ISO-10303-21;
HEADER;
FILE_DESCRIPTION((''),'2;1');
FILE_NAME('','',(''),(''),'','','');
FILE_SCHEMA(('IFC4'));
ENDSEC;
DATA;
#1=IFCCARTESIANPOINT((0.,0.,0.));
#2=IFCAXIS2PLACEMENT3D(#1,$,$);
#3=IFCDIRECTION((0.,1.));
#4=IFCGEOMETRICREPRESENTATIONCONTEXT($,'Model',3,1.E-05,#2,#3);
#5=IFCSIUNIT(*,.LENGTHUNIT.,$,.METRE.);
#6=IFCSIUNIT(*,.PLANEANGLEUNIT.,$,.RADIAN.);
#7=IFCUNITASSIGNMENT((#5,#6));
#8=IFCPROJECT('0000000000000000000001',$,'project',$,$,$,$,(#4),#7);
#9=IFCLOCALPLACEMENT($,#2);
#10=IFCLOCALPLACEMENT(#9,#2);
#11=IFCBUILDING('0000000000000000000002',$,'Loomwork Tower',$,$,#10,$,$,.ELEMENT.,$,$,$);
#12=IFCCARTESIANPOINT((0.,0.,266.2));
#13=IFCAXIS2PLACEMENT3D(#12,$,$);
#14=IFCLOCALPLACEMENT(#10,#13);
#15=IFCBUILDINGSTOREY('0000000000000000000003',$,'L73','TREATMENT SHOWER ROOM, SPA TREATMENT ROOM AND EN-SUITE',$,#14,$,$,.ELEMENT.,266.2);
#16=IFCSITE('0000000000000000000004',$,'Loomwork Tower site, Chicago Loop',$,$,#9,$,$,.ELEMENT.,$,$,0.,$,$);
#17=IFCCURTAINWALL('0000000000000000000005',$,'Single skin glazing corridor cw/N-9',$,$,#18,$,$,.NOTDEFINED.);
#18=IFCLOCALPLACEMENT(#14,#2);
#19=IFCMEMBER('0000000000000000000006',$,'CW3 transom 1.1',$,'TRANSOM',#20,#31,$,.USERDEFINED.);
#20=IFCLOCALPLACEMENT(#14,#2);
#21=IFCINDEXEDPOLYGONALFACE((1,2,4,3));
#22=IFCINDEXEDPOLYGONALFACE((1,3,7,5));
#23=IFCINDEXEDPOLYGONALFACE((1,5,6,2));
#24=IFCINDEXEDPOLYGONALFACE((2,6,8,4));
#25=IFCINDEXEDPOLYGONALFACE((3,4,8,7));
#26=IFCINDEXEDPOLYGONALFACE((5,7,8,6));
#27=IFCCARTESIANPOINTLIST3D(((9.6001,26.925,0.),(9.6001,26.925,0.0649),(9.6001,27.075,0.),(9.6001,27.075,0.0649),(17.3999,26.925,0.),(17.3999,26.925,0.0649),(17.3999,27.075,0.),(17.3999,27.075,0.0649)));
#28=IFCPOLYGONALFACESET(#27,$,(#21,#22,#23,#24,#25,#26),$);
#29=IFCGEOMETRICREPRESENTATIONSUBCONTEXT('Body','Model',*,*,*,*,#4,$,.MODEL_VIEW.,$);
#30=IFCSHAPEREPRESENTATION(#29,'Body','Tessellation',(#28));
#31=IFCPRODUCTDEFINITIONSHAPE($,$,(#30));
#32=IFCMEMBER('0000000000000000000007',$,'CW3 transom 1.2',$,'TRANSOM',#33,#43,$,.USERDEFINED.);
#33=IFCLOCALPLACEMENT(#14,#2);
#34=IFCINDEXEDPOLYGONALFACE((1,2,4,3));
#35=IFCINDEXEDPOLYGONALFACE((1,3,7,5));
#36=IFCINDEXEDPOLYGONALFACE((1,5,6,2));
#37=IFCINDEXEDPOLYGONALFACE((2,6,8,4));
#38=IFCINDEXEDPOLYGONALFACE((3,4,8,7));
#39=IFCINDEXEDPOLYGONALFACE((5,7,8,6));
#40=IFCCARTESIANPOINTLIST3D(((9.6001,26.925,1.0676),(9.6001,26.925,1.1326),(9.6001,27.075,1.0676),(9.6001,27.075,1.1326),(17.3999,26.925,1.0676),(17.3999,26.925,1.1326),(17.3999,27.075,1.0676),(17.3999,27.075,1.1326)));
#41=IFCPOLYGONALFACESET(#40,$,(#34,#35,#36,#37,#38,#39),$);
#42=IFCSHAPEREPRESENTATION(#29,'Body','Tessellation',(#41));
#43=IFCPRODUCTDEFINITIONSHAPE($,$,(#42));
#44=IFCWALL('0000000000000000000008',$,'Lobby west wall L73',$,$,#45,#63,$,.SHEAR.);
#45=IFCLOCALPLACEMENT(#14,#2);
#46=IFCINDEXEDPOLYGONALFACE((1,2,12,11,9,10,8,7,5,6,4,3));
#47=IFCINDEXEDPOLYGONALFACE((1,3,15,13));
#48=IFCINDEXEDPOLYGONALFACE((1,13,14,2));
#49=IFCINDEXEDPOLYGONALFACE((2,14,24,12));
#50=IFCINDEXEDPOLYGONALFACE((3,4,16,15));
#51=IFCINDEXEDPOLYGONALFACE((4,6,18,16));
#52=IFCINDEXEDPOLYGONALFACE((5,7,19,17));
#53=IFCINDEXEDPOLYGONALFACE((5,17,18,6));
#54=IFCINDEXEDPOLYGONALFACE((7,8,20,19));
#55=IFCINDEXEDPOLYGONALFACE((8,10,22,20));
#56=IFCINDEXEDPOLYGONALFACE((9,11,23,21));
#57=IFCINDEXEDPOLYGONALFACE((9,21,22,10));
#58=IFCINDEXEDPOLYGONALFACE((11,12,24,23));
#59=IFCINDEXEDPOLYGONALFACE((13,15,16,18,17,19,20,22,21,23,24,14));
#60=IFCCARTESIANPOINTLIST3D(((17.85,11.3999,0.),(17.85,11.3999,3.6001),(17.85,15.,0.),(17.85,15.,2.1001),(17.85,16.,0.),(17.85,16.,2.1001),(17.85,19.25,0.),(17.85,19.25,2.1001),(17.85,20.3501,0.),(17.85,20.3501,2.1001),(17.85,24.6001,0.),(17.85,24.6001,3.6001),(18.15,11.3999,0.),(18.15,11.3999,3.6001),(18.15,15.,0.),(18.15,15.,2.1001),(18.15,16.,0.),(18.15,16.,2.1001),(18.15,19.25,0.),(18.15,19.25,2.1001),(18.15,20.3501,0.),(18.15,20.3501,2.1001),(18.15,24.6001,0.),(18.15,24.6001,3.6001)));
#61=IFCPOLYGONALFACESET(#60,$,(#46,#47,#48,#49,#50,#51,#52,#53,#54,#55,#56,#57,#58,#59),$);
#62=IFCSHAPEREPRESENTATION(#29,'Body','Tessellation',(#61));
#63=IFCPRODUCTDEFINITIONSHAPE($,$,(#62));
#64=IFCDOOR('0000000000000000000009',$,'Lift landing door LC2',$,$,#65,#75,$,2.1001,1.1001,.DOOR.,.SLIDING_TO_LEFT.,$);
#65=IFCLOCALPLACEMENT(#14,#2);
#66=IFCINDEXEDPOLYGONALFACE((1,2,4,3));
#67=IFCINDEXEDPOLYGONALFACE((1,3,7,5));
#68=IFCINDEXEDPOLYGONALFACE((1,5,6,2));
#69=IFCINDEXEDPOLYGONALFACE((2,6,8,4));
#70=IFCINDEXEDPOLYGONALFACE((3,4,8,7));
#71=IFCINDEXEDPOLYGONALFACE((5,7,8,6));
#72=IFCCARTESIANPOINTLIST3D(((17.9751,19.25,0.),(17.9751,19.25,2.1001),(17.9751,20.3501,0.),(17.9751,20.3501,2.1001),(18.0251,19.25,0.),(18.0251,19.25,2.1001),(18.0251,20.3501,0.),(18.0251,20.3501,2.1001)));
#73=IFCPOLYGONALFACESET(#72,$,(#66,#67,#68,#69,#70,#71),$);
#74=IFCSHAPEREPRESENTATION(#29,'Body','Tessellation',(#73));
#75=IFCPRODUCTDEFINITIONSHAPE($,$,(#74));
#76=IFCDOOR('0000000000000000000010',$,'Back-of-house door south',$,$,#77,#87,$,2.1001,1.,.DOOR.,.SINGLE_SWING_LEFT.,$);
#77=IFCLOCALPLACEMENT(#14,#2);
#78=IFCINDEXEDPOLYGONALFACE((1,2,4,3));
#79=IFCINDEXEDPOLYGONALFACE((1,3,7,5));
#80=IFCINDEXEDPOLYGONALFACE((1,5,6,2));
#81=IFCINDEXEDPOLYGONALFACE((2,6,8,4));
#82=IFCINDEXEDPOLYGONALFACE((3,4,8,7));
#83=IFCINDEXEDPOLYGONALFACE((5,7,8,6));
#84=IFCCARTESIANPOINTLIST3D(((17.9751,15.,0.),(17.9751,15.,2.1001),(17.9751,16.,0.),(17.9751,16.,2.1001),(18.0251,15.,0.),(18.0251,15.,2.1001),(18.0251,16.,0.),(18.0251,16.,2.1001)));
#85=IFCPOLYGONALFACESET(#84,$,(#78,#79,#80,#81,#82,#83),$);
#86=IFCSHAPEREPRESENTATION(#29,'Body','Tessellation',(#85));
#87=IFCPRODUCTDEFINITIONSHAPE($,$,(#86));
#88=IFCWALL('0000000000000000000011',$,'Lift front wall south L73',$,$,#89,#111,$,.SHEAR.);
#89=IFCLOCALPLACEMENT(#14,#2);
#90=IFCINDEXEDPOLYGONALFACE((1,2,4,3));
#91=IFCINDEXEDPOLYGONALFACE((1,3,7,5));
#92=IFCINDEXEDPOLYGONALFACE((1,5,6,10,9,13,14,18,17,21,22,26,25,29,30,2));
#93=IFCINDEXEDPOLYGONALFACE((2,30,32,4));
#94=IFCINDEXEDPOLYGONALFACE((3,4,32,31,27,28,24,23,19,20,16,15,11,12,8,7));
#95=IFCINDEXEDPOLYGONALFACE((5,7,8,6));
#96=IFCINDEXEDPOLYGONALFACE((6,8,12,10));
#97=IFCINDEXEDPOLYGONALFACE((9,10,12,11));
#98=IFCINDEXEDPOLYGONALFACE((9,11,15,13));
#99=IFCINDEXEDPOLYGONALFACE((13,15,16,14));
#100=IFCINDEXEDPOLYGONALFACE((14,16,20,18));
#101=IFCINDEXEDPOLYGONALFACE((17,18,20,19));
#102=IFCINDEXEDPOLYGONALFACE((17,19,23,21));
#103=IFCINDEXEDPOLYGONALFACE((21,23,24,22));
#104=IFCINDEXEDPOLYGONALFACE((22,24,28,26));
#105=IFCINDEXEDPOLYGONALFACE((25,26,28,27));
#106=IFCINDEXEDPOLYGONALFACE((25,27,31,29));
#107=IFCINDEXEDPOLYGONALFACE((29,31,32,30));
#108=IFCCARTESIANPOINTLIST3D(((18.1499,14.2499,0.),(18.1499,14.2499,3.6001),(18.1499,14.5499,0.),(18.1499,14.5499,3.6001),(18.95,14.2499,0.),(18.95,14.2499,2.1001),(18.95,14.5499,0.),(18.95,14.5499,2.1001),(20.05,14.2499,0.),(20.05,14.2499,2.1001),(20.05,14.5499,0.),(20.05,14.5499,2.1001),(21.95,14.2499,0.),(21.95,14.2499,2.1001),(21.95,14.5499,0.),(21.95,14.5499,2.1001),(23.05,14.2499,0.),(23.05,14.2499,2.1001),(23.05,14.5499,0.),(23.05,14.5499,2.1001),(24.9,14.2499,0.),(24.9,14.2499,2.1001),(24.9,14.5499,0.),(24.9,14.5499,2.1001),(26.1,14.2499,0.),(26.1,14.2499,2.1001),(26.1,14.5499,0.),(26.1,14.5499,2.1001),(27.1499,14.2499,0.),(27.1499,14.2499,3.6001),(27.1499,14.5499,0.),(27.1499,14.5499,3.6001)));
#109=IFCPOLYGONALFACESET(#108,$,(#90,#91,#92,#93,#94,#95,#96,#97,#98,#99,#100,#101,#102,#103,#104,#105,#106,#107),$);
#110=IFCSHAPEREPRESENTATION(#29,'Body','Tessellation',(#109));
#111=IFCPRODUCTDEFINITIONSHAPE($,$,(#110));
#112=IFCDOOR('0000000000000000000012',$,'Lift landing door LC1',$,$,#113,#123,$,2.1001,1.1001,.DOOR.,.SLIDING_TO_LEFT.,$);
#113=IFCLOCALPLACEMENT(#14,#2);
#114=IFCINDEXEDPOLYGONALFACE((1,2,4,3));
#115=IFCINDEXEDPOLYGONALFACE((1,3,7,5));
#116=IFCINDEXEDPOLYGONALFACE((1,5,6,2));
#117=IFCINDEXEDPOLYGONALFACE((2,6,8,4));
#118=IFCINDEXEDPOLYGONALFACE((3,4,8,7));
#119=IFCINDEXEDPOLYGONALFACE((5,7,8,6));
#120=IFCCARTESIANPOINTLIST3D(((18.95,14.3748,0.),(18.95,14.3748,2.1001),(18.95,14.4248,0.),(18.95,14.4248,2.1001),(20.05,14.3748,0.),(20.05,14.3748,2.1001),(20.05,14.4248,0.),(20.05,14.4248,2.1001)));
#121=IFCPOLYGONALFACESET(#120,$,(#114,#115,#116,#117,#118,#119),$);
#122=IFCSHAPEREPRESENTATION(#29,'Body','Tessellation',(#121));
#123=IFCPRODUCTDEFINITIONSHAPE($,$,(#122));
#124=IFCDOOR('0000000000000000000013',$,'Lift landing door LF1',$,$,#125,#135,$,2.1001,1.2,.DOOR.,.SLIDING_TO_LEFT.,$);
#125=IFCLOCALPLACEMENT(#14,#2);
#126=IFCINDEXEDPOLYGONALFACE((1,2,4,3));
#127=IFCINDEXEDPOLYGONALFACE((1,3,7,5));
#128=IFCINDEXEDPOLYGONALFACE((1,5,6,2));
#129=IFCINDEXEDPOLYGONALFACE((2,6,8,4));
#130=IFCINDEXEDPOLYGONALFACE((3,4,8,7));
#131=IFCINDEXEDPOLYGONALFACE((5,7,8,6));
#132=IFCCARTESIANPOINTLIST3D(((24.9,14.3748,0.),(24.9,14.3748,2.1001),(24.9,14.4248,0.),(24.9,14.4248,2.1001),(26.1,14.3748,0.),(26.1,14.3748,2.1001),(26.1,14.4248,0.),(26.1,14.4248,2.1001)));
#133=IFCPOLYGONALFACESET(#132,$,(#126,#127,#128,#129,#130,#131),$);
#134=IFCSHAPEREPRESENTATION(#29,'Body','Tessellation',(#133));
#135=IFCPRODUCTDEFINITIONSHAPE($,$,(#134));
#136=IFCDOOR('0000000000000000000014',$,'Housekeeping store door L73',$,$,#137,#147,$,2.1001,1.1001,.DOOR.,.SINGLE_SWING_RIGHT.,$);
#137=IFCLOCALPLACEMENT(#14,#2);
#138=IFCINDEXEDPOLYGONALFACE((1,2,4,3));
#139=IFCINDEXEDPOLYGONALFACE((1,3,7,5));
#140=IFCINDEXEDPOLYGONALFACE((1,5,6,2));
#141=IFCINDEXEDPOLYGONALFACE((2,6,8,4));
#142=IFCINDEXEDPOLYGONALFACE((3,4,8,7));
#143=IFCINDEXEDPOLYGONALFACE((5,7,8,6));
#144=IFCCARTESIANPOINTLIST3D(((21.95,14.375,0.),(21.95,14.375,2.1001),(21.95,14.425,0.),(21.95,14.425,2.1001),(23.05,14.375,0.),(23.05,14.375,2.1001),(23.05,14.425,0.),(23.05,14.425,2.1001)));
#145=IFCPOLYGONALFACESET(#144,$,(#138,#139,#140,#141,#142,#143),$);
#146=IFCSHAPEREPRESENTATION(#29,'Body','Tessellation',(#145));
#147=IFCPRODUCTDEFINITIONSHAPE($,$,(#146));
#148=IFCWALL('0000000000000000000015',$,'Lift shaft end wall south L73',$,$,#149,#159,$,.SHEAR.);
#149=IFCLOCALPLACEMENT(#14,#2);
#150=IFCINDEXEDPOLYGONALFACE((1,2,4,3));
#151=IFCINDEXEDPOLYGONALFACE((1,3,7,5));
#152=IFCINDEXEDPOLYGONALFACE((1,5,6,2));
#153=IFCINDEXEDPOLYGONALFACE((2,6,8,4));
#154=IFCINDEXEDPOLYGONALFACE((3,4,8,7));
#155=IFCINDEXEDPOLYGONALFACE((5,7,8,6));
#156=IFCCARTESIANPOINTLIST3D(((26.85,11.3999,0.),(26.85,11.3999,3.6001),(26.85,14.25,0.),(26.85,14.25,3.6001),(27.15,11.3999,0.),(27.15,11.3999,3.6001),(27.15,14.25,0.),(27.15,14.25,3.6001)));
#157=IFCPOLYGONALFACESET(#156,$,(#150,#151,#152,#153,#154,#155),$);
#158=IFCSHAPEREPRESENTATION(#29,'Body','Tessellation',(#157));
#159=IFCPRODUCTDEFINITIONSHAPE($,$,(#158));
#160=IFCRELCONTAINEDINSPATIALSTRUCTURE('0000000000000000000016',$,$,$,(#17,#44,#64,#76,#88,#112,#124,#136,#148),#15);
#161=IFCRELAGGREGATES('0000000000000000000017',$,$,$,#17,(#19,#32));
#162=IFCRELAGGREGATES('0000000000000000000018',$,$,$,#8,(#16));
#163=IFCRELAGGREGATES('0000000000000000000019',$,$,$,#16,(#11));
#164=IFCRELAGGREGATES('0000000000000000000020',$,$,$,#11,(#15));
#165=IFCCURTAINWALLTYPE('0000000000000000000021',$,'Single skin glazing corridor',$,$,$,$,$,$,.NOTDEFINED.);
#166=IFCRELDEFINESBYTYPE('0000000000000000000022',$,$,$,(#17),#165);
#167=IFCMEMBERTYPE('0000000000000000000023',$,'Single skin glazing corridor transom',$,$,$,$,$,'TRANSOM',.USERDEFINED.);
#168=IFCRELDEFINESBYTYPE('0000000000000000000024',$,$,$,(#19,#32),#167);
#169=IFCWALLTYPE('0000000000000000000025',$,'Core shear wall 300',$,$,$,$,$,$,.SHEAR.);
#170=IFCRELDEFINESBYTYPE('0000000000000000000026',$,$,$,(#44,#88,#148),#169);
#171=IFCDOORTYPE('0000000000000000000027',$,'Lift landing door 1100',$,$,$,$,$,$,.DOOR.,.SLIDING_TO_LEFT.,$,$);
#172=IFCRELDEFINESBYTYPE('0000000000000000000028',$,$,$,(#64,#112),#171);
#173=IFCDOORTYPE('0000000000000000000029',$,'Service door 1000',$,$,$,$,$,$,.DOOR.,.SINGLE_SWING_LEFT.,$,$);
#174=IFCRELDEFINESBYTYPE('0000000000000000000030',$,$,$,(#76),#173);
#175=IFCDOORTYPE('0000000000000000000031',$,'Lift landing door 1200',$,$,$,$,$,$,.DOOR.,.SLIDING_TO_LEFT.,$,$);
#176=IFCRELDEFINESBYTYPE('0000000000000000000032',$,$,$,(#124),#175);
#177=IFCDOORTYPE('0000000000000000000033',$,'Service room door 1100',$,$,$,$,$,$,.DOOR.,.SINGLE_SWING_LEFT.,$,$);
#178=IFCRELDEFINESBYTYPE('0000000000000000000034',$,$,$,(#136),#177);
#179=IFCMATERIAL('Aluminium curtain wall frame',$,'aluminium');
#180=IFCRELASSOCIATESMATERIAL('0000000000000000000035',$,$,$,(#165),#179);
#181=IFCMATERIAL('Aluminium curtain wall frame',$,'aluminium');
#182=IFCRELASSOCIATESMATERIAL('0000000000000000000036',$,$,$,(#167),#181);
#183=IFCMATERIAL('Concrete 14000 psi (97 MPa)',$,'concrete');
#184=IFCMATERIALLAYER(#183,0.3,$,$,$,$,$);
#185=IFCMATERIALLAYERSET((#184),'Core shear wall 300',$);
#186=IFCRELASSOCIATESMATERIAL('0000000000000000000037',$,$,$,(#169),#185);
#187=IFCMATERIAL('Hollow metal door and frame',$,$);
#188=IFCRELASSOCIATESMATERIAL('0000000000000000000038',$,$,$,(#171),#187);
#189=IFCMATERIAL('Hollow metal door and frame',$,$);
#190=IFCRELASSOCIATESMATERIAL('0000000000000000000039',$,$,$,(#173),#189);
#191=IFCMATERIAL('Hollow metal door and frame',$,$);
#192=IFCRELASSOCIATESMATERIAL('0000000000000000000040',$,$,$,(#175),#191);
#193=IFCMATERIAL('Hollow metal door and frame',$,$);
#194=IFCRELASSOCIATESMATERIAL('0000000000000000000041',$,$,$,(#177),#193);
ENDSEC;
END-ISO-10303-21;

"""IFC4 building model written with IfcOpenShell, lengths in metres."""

from ifc_helpers import new_model, si_unit, direction, frame, frame_2d, origin, origin_2d, place, context, subcontext, project, spatial, rectangle, extrude, material, layer, layer_set, material_profile, profile_set, type_object, element, fill, aggregate, save


model = new_model("IFC4")

# Units and contexts
model_context = context("Model", 3, precision=1e-05, world=origin(), true_north=direction((0.0, 1.0)))
body_context = subcontext(model_context, "Body", "Model", "MODEL_VIEW")
ifc_project = project(units=[si_unit("LENGTHUNIT", "METRE"), si_unit("PLANEANGLEUNIT", "RADIAN")], contexts=[model_context])

# Site, building, storey
site_placement = place(None, origin())
site = spatial("IfcSite", under=ifc_project, at=site_placement, Name="Loomwork Tower site, Chicago Loop", CompositionType="ELEMENT", RefElevation=0.0)
building_placement = place(site_placement, origin())
building = spatial("IfcBuilding", under=site, at=building_placement, Name="Loomwork Tower", CompositionType="ELEMENT")
storey_placement = place(building_placement, frame((0.0, 0.0, 266.2)))
storey = spatial("IfcBuildingStorey", under=building, at=storey_placement, Name="L73", Description="TREATMENT SHOWER ROOM, SPA TREATMENT ROOM AND EN-SUITE", CompositionType="ELEMENT", Elevation=266.2)

# Curtain wall, members
ifc_material_1 = material(Name="Aluminium curtain wall frame", Category="aluminium")
curtain_wall_type = type_object("IfcCurtainWallType", Name="Single skin glazing corridor", PredefinedType="NOTDEFINED", material=ifc_material_1)
curtain_wall_placement = place(storey_placement, origin())
curtain_wall = element("IfcCurtainWall", 1, at=curtain_wall_placement, inside=storey, type_object=curtain_wall_type, Name="Single skin glazing corridor cw/N-9", PredefinedType="NOTDEFINED")
ifc_material_2 = material(Name="Aluminium curtain wall frame", Category="aluminium")
ifc_material_profile = material_profile(ifc_material_2, rectangle(XDim=0.1499, YDim=0.0649, at=origin_2d()), Name="AL 65x150")
ifc_profile_set = profile_set([ifc_material_profile], Name="Aluminium curtain wall frame")
member_type = type_object("IfcMemberType", Name="Single skin glazing corridor transom", ElementType="TRANSOM", PredefinedType="USERDEFINED", material=ifc_profile_set)
member_1_placement = place(storey_placement, frame((17.3999, 27.0, 0.0325), z_axis=(-1.0, 0.0, 0.0), x_axis=(0.0, -1.0, 0.0)))
member_1 = element("IfcMember", 2, at=member_1_placement, type_object=member_type, Name="CW3 transom 1.1", ObjectType="TRANSOM", PredefinedType="USERDEFINED", context=body_context, shape_type="SweptSolid", body=[
    extrude(rectangle(XDim=0.1499, YDim=0.0649, at=origin_2d()), origin(), (0.0, 0.0, 1.0), 7.7998),
])
member_2_placement = place(storey_placement, frame((17.3999, 27.0, 1.1001), z_axis=(-1.0, 0.0, 0.0), x_axis=(0.0, -1.0, 0.0)))
member_2 = element("IfcMember", 3, at=member_2_placement, type_object=member_type, Name="CW3 transom 1.2", ObjectType="TRANSOM", PredefinedType="USERDEFINED", context=body_context, shape_type="SweptSolid", body=[
    extrude(rectangle(XDim=0.1499, YDim=0.0649, at=origin_2d()), origin(), (0.0, 0.0, 1.0), 7.7998),
])
aggregate(curtain_wall, [member_1, member_2])

# Walls, openings, doors
ifc_material_3 = material(Name="Concrete 14000 psi (97 MPa)", Category="concrete")
ifc_layer_1 = layer(ifc_material_3, 0.3)
ifc_layer_set_1 = layer_set([ifc_layer_1], Name="Core shear wall 300")
wall_type_1 = type_object("IfcWallType", Name="Core shear wall 300", PredefinedType="SHEAR", material=ifc_layer_set_1)
wall_1_placement = place(storey_placement, frame((18.0, 11.3999, 0.0), z_axis=(0.0, 0.0, 1.0), x_axis=(0.0, 1.0, 0.0)))
wall_1 = element("IfcWall", 4, at=wall_1_placement, inside=storey, type_object=wall_type_1, Name="Lobby west wall L73", PredefinedType="SHEAR", context=body_context, shape_type="SweptSolid", body=[
    extrude(rectangle(XDim=13.2002, YDim=0.3, at=frame_2d((6.6001, 0.0))), origin(), (0.0, 0.0, 1.0), 3.6001),
])
opening_1_placement = place(wall_1_placement, frame((3.6001, 0.0, 0.0)))
opening_1 = element("IfcOpeningElement", 5, at=opening_1_placement, cuts=wall_1, PredefinedType="OPENING", context=body_context, shape_type="SweptSolid", body=[
    extrude(rectangle(XDim=1.0, YDim=2.1001, at=frame_2d((0.5, 1.05))), frame((0.0, 0.1599, 0.0), z_axis=(0.0, -1.0, 0.0), x_axis=(1.0, 0.0, 0.0)), (0.0, 0.0, 1.0), 0.3201),
])
opening_2_placement = place(wall_1_placement, frame((7.8501, 0.0, 0.0)))
opening_2 = element("IfcOpeningElement", 6, at=opening_2_placement, cuts=wall_1, PredefinedType="OPENING", context=body_context, shape_type="SweptSolid", body=[
    extrude(rectangle(XDim=1.1001, YDim=2.1001, at=frame_2d((0.55, 1.05))), frame((0.0, 0.1599, 0.0), z_axis=(0.0, -1.0, 0.0), x_axis=(1.0, 0.0, 0.0)), (0.0, 0.0, 1.0), 0.3201),
])
ifc_material_4 = material(Name="Hollow metal door and frame")
door_type_1 = type_object("IfcDoorType", Name="Lift landing door 1100", OperationType="SLIDING_TO_LEFT", PredefinedType="DOOR", material=ifc_material_4)
door_1_placement = place(opening_2_placement, origin())
door_1 = element("IfcDoor", 7, at=door_1_placement, inside=storey, type_object=door_type_1, Name="Lift landing door LC2", OperationType="SLIDING_TO_LEFT", OverallHeight=2.1001, OverallWidth=1.1001, PredefinedType="DOOR", context=body_context, shape_type="SweptSolid", body=[
    extrude(rectangle(XDim=1.1001, YDim=2.1001, at=frame_2d((0.55, 1.05))), frame((0.0, 0.0249, 0.0), z_axis=(0.0, -1.0, 0.0), x_axis=(1.0, 0.0, 0.0)), (0.0, 0.0, 1.0), 0.05),
])
fill(opening_2, door_1)
ifc_material_5 = material(Name="Hollow metal door and frame")
door_type_2 = type_object("IfcDoorType", Name="Service door 1000", OperationType="SINGLE_SWING_LEFT", PredefinedType="DOOR", material=ifc_material_5)
door_2_placement = place(opening_1_placement, origin())
door_2 = element("IfcDoor", 8, at=door_2_placement, inside=storey, type_object=door_type_2, Name="Back-of-house door south", OperationType="SINGLE_SWING_LEFT", OverallHeight=2.1001, OverallWidth=1.0, PredefinedType="DOOR", context=body_context, shape_type="SweptSolid", body=[
    extrude(rectangle(XDim=1.0, YDim=2.1001, at=frame_2d((0.5, 1.05))), frame((0.0, 0.0249, 0.0), z_axis=(0.0, -1.0, 0.0), x_axis=(1.0, 0.0, 0.0)), (0.0, 0.0, 1.0), 0.05),
])
fill(opening_1, door_2)
wall_2_placement = place(storey_placement, frame((18.1499, 14.3999, 0.0), z_axis=(0.0, 0.0, 1.0), x_axis=(1.0, 0.0, 0.0)))
wall_2 = element("IfcWall", 9, at=wall_2_placement, inside=storey, type_object=wall_type_1, Name="Lift front wall south L73", PredefinedType="SHEAR", context=body_context, shape_type="SweptSolid", body=[
    extrude(rectangle(XDim=9.0, YDim=0.3, at=frame_2d((4.5, 0.0))), origin(), (0.0, 0.0, 1.0), 3.6001),
])
opening_3_placement = place(wall_2_placement, frame((0.8, 0.0, 0.0)))
opening_3 = element("IfcOpeningElement", 10, at=opening_3_placement, cuts=wall_2, PredefinedType="OPENING", context=body_context, shape_type="SweptSolid", body=[
    extrude(rectangle(XDim=1.1001, YDim=2.1001, at=frame_2d((0.55, 1.05))), frame((0.0, 0.1599, 0.0), z_axis=(0.0, -1.0, 0.0), x_axis=(1.0, 0.0, 0.0)), (0.0, 0.0, 1.0), 0.3201),
])
opening_4_placement = place(wall_2_placement, frame((6.75, 0.0, 0.0)))
opening_4 = element("IfcOpeningElement", 11, at=opening_4_placement, cuts=wall_2, PredefinedType="OPENING", context=body_context, shape_type="SweptSolid", body=[
    extrude(rectangle(XDim=1.2, YDim=2.1001, at=frame_2d((0.6001, 1.05))), frame((0.0, 0.1599, 0.0), z_axis=(0.0, -1.0, 0.0), x_axis=(1.0, 0.0, 0.0)), (0.0, 0.0, 1.0), 0.3201),
])
opening_5_placement = place(wall_2_placement, frame((3.8, 0.0, 0.0)))
opening_5 = element("IfcOpeningElement", 12, at=opening_5_placement, cuts=wall_2, PredefinedType="OPENING", context=body_context, shape_type="SweptSolid", body=[
    extrude(rectangle(XDim=1.1001, YDim=2.1001, at=frame_2d((0.55, 1.05))), frame((0.0, 0.1599, 0.0), z_axis=(0.0, -1.0, 0.0), x_axis=(1.0, 0.0, 0.0)), (0.0, 0.0, 1.0), 0.3201),
])
door_3_placement = place(opening_3_placement, origin())
door_3 = element("IfcDoor", 13, at=door_3_placement, inside=storey, type_object=door_type_1, Name="Lift landing door LC1", OperationType="SLIDING_TO_LEFT", OverallHeight=2.1001, OverallWidth=1.1001, PredefinedType="DOOR", context=body_context, shape_type="SweptSolid", body=[
    extrude(rectangle(XDim=1.1001, YDim=2.1001, at=frame_2d((0.55, 1.05))), frame((0.0, 0.0249, 0.0), z_axis=(0.0, -1.0, 0.0), x_axis=(1.0, 0.0, 0.0)), (0.0, 0.0, 1.0), 0.05),
])
fill(opening_3, door_3)
ifc_material_6 = material(Name="Hollow metal door and frame")
door_type_3 = type_object("IfcDoorType", Name="Lift landing door 1200", OperationType="SLIDING_TO_LEFT", PredefinedType="DOOR", material=ifc_material_6)
door_4_placement = place(opening_4_placement, origin())
door_4 = element("IfcDoor", 14, at=door_4_placement, inside=storey, type_object=door_type_3, Name="Lift landing door LF1", OperationType="SLIDING_TO_LEFT", OverallHeight=2.1001, OverallWidth=1.2, PredefinedType="DOOR", context=body_context, shape_type="SweptSolid", body=[
    extrude(rectangle(XDim=1.2, YDim=2.1001, at=frame_2d((0.6001, 1.05))), frame((0.0, 0.0249, 0.0), z_axis=(0.0, -1.0, 0.0), x_axis=(1.0, 0.0, 0.0)), (0.0, 0.0, 1.0), 0.05),
])
fill(opening_4, door_4)
ifc_material_7 = material(Name="Hollow metal door and frame")
door_type_4 = type_object("IfcDoorType", Name="Service room door 1100", OperationType="SINGLE_SWING_LEFT", PredefinedType="DOOR", material=ifc_material_7)
door_5_placement = place(opening_5_placement, frame((1.1001, 0.0, 0.0), z_axis=(0.0, 0.0, 1.0), x_axis=(-1.0, 0.0, 0.0)))
door_5 = element("IfcDoor", 15, at=door_5_placement, inside=storey, type_object=door_type_4, Name="Housekeeping store door L73", OperationType="SINGLE_SWING_RIGHT", OverallHeight=2.1001, OverallWidth=1.1001, PredefinedType="DOOR", context=body_context, shape_type="SweptSolid", body=[
    extrude(rectangle(XDim=1.1001, YDim=2.1001, at=frame_2d((0.55, 1.05))), frame((0.0, 0.0249, 0.0), z_axis=(0.0, -1.0, 0.0), x_axis=(1.0, 0.0, 0.0)), (0.0, 0.0, 1.0), 0.05),
])
fill(opening_5, door_5)

# Wall
wall_3_placement = place(storey_placement, frame((27.0, 11.3999, 0.0), z_axis=(0.0, 0.0, 1.0), x_axis=(0.0, 1.0, 0.0)))
element("IfcWall", 16, at=wall_3_placement, inside=storey, type_object=wall_type_1, Name="Lift shaft end wall south L73", PredefinedType="SHEAR", context=body_context, shape_type="SweptSolid", body=[
    extrude(rectangle(XDim=2.8501, YDim=0.3, at=frame_2d((1.425, 0.0))), origin(), (0.0, 0.0, 1.0), 3.6001),
])

save(model, "model.ifc")
